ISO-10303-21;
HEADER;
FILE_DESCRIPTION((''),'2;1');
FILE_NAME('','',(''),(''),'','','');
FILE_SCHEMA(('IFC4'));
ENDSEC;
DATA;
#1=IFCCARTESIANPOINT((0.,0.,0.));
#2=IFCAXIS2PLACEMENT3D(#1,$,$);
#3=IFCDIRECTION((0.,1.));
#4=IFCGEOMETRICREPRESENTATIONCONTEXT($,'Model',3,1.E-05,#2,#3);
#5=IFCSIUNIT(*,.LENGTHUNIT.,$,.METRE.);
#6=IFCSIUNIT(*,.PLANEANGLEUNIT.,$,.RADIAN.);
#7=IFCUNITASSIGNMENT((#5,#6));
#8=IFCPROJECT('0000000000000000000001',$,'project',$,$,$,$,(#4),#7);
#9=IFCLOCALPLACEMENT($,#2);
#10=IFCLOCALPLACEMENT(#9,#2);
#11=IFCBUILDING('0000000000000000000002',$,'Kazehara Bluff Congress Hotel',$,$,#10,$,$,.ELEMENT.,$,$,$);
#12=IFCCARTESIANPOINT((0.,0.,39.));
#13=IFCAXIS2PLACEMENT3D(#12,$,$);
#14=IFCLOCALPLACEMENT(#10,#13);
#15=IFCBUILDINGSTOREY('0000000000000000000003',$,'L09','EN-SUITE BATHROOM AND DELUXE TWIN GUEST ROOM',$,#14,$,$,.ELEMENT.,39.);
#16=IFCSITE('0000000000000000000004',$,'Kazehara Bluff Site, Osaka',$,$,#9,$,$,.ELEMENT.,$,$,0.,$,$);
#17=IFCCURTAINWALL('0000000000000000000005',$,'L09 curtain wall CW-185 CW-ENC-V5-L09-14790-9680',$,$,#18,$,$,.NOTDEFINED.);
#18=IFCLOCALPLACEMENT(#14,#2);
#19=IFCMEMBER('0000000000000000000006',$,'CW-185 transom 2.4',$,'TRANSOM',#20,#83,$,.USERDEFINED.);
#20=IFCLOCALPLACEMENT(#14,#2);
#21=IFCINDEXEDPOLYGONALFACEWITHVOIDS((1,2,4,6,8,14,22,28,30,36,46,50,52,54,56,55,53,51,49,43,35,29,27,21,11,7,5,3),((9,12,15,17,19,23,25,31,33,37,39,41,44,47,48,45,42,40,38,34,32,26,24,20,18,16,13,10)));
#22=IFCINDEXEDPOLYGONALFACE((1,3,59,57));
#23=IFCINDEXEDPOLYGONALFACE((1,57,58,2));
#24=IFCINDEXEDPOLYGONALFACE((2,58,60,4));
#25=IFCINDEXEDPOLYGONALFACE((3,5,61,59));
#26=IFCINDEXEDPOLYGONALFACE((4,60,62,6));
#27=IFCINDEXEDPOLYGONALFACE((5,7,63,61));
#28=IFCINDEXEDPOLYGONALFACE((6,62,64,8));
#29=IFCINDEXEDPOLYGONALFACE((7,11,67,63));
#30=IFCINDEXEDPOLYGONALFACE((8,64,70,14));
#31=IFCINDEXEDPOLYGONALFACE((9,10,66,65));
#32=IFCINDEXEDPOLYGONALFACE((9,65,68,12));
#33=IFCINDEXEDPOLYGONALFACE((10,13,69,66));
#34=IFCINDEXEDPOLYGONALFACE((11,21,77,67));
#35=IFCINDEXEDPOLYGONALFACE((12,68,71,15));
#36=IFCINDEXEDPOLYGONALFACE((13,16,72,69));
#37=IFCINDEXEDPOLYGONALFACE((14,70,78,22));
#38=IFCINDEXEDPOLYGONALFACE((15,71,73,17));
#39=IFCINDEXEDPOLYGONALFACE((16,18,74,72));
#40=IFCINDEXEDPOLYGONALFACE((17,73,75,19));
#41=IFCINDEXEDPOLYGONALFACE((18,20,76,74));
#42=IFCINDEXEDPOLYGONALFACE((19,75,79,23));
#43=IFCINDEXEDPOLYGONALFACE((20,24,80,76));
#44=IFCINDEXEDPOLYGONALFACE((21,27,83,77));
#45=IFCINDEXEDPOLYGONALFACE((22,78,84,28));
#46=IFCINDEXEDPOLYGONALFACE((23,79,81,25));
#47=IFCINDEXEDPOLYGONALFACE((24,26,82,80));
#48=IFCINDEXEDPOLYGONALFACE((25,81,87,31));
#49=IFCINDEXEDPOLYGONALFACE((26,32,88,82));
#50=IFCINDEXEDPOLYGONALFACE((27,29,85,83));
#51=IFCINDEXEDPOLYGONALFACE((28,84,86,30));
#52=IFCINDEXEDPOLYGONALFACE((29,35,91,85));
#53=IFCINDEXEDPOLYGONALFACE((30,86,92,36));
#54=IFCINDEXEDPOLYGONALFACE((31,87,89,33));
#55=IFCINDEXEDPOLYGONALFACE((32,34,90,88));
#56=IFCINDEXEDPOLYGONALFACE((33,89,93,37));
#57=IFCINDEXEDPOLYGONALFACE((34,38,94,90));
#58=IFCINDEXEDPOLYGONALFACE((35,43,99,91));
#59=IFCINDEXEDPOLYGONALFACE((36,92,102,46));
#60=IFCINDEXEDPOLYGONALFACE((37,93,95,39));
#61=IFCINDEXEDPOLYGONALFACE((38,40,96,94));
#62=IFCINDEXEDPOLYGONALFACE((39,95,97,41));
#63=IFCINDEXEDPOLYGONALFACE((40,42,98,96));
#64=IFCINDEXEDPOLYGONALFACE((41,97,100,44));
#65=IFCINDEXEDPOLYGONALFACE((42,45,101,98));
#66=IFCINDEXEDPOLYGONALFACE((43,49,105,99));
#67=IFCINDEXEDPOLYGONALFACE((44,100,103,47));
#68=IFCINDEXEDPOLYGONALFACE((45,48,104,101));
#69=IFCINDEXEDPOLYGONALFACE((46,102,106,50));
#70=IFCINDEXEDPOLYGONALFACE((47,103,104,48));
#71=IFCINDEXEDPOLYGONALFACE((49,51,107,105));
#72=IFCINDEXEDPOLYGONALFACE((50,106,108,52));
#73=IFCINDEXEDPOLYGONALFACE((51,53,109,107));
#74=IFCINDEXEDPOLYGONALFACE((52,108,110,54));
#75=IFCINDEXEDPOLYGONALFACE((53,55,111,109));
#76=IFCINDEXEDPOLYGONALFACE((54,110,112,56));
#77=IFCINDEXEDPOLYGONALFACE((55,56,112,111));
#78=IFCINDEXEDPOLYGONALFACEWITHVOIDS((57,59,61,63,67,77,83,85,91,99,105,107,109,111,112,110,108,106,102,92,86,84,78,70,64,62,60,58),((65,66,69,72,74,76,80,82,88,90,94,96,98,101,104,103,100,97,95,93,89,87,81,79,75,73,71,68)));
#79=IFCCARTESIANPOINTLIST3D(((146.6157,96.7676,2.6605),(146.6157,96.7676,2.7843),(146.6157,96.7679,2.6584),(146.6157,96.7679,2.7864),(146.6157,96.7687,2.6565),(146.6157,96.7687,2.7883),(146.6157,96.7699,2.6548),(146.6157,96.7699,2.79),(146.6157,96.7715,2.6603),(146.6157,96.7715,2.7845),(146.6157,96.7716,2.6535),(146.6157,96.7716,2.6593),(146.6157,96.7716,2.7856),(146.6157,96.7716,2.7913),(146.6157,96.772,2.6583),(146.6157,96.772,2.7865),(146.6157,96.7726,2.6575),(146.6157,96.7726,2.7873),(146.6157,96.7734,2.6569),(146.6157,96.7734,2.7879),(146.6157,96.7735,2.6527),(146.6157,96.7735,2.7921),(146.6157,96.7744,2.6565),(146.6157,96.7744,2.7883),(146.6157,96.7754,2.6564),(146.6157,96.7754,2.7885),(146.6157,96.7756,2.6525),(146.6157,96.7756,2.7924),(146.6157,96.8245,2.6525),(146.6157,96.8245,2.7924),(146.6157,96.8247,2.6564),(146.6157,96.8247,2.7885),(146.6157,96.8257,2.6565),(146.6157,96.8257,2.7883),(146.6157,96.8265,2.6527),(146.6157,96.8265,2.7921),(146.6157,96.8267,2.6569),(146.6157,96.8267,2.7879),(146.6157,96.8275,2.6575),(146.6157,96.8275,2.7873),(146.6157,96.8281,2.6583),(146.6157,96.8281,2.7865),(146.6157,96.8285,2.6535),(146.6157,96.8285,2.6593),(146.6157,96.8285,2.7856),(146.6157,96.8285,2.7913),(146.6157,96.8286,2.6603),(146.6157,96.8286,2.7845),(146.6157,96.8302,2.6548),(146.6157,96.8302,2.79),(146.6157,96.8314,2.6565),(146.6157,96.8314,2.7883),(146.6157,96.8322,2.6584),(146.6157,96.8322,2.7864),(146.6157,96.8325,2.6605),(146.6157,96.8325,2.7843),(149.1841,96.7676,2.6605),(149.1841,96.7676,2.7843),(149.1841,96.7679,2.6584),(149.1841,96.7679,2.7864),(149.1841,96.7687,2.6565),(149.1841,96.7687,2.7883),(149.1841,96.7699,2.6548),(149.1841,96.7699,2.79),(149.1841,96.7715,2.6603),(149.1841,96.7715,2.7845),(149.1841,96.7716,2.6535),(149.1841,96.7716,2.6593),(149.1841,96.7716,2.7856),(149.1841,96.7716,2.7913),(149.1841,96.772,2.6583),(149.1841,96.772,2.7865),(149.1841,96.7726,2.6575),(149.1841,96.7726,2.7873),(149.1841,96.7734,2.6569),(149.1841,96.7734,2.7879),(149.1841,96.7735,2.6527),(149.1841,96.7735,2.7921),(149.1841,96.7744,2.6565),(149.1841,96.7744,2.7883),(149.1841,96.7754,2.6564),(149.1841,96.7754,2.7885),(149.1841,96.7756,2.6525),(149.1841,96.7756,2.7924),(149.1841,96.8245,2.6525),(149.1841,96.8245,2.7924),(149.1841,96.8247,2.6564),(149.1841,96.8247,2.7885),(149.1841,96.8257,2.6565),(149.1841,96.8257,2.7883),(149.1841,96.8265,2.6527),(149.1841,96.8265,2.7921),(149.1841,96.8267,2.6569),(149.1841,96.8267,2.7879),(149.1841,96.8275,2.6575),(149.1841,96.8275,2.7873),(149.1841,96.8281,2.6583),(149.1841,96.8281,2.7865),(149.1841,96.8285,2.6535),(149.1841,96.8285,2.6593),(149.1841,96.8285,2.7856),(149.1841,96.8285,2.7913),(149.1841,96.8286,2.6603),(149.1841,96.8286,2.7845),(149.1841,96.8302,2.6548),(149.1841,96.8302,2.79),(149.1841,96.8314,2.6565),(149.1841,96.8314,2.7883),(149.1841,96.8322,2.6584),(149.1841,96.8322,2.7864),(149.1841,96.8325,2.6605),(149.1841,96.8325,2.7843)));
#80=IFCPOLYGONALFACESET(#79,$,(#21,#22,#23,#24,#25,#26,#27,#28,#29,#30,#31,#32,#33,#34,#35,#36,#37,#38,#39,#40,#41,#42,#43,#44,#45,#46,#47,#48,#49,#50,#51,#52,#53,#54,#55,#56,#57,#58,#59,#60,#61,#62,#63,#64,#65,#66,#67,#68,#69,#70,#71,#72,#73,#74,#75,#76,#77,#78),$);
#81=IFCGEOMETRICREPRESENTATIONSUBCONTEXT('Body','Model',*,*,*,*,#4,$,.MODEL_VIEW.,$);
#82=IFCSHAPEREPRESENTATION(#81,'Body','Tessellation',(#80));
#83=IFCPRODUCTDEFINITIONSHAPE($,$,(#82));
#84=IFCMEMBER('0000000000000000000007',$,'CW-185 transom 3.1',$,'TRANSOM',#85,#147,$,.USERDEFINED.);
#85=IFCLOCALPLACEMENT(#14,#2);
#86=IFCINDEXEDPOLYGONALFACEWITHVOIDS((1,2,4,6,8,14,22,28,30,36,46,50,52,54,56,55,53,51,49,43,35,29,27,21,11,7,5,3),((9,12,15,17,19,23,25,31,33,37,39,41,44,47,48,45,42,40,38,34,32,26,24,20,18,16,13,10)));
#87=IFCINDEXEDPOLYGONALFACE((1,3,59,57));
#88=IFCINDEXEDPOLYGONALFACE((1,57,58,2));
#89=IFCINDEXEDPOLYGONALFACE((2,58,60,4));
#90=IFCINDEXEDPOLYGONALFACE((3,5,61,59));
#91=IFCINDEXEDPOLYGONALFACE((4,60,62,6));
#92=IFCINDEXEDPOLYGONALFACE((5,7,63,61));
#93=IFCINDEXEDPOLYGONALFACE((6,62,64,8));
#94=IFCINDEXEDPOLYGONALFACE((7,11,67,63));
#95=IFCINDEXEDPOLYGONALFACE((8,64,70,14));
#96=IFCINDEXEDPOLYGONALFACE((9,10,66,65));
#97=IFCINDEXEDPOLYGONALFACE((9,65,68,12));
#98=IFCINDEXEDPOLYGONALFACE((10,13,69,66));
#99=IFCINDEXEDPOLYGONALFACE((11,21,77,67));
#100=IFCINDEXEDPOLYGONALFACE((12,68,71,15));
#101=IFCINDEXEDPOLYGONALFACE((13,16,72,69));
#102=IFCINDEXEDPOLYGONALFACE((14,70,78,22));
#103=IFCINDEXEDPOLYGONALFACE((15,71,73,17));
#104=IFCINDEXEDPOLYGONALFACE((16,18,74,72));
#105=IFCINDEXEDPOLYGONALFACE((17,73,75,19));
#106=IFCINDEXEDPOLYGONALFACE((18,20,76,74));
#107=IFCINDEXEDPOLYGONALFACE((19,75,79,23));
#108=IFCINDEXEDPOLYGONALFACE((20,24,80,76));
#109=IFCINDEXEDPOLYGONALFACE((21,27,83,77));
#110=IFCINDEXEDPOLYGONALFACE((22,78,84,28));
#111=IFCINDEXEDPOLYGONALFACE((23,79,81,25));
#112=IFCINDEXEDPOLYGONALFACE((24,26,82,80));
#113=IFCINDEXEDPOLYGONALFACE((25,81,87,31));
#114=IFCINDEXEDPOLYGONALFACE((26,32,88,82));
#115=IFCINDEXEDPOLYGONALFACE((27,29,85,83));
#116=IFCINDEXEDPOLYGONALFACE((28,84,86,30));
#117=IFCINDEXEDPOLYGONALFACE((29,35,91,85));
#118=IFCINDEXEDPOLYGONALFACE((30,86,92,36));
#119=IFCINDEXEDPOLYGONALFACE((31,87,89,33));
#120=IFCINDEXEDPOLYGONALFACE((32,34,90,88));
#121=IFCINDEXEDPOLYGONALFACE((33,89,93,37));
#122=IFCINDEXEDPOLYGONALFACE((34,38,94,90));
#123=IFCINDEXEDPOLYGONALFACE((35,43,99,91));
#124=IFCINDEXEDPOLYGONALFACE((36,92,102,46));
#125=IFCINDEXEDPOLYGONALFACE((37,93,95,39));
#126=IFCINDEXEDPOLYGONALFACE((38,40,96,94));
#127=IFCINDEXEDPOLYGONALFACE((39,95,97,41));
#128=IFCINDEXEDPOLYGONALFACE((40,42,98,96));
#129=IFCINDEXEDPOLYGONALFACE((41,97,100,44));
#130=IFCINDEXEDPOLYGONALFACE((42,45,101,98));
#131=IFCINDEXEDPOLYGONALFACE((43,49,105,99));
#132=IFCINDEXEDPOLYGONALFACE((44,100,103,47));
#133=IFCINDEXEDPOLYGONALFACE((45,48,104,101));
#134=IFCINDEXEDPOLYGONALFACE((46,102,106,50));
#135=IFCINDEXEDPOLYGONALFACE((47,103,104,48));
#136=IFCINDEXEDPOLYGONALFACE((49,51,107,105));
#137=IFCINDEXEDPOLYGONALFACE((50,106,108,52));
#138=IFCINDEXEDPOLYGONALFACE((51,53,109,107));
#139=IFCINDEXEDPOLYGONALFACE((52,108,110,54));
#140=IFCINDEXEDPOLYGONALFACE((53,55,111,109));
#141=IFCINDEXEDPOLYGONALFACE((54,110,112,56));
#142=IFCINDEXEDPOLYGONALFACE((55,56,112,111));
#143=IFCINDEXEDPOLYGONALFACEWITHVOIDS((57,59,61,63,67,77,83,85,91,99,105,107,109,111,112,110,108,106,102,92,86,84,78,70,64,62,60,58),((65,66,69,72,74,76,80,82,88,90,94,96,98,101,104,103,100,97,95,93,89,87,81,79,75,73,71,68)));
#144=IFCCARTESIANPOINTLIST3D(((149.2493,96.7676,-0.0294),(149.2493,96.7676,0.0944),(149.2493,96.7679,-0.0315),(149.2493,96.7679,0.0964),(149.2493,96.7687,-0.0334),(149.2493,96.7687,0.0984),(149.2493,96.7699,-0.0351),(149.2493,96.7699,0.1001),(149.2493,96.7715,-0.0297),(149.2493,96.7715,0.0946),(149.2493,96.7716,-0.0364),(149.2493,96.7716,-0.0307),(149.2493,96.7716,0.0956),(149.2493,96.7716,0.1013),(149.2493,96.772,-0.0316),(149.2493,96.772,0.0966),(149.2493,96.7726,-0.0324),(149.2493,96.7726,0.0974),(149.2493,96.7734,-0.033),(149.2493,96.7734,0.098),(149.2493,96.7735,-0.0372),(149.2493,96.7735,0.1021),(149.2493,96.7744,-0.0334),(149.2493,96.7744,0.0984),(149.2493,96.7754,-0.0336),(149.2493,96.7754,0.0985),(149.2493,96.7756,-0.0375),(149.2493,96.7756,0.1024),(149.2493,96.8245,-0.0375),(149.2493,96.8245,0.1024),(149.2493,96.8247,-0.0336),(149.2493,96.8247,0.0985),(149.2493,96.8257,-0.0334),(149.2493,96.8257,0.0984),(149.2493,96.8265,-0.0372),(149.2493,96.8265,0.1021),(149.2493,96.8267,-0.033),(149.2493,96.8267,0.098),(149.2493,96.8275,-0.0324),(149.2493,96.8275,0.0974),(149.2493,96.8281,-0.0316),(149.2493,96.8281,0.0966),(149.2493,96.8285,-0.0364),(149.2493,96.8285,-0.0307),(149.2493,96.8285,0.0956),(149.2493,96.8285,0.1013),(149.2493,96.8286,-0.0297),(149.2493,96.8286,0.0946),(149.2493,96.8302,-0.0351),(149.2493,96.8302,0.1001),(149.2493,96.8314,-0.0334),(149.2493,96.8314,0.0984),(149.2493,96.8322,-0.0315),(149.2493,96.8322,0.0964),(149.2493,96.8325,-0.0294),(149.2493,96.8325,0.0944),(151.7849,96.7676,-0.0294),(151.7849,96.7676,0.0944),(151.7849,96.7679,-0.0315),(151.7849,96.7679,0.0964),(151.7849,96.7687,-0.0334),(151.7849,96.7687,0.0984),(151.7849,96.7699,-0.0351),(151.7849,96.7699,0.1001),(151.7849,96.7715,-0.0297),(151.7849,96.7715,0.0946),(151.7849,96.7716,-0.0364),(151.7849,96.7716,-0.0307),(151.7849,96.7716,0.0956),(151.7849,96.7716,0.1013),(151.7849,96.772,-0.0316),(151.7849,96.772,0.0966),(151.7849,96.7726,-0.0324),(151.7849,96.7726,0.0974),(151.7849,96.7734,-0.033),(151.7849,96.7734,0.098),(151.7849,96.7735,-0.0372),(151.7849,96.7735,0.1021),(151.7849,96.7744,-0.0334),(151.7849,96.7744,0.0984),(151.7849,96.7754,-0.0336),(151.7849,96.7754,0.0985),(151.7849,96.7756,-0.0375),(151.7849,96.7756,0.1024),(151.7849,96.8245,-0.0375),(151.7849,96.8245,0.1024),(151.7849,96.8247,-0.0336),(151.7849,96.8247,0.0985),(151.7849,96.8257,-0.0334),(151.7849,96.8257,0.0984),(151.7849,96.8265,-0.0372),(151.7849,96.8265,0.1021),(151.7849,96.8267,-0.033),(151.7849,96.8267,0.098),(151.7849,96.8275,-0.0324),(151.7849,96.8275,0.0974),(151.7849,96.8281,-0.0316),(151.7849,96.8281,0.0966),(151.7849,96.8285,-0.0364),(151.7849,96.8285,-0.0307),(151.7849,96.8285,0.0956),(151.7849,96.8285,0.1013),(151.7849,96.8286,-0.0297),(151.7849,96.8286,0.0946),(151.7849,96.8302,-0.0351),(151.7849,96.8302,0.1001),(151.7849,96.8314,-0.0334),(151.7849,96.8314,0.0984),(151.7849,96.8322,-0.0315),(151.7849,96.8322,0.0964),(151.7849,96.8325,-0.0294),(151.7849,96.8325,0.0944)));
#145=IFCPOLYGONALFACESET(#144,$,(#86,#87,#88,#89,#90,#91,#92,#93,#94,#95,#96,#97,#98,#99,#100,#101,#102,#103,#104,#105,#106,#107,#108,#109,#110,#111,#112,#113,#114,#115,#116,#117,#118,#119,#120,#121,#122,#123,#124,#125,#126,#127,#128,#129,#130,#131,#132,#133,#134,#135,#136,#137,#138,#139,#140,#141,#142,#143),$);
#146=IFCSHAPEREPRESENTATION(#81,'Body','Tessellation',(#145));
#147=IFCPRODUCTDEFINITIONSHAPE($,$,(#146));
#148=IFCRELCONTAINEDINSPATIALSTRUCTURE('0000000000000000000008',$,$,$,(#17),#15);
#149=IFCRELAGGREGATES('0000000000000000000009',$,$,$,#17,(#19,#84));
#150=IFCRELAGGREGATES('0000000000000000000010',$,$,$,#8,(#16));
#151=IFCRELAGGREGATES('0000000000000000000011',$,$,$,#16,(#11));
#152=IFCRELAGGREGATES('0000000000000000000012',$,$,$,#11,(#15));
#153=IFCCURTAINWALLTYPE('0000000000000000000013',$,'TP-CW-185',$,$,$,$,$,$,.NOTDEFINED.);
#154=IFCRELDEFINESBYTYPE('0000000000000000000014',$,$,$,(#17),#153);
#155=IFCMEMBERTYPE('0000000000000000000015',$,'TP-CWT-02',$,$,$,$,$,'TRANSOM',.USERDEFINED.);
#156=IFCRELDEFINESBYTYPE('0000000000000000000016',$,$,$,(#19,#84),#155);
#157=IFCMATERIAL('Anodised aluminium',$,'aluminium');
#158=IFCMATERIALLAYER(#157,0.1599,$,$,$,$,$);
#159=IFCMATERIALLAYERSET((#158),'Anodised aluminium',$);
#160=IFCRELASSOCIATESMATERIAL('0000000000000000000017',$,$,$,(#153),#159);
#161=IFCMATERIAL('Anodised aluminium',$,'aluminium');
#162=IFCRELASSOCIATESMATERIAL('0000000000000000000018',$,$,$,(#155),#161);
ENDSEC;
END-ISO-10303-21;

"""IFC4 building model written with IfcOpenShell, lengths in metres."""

from ifc_helpers import new_model, si_unit, direction, frame, origin, origin_2d, place, context, subcontext, project, spatial, hollow_rectangle, extrude, material, layer, layer_set, material_profile, profile_set, type_object, element, aggregate, save


model = new_model("IFC4")

# Units and contexts
model_context = context("Model", 3, precision=1e-05, world=origin(), true_north=direction((0.0, 1.0)))
body_context = subcontext(model_context, "Body", "Model", "MODEL_VIEW")
ifc_project = project(units=[si_unit("LENGTHUNIT", "METRE"), si_unit("PLANEANGLEUNIT", "RADIAN")], contexts=[model_context])

# Site, building, storey
site_placement = place(None, origin())
site = spatial("IfcSite", under=ifc_project, at=site_placement, Name="Kazehara Bluff Site, Osaka", CompositionType="ELEMENT", RefElevation=0.0)
building_placement = place(site_placement, origin())
building = spatial("IfcBuilding", under=site, at=building_placement, Name="Kazehara Bluff Congress Hotel", CompositionType="ELEMENT")
storey_placement = place(building_placement, frame((0.0, 0.0, 39.0)))
storey = spatial("IfcBuildingStorey", under=building, at=storey_placement, Name="L09", Description="EN-SUITE BATHROOM AND DELUXE TWIN GUEST ROOM", CompositionType="ELEMENT", Elevation=39.0)

# Curtain wall
ifc_material_1 = material(Name="Anodised aluminium", Category="aluminium")
ifc_layer_1 = layer(ifc_material_1, 0.1599)
ifc_layer_set_1 = layer_set([ifc_layer_1], Name="Anodised aluminium")
curtain_wall_type = type_object("IfcCurtainWallType", Name="TP-CW-185", PredefinedType="NOTDEFINED", material=ifc_layer_set_1)
curtain_wall_1_placement = place(storey_placement, origin())
curtain_wall_1 = element("IfcCurtainWall", 1, at=curtain_wall_1_placement, inside=storey, type_object=curtain_wall_type, Name="L09 curtain wall CW-185 CW-ENC-V5-L09-14790-9680", PredefinedType="NOTDEFINED")

# Members
ifc_material_2 = material(Name="Anodised aluminium", Category="aluminium")
ifc_material_profile_1 = material_profile(ifc_material_2, hollow_rectangle(XDim=0.0649, YDim=0.1399, WallThickness=0.0039, InnerFilletRadius=0.0039, OuterFilletRadius=0.0081, at=origin_2d()))
ifc_profile_set_1 = profile_set([ifc_material_profile_1], Name="Anodised aluminium")
member_type_1 = type_object("IfcMemberType", Name="TP-CWT-02", ElementType="TRANSOM", PredefinedType="USERDEFINED", material=ifc_profile_set_1)
member_1_placement = place(storey_placement, frame((146.6157, 96.8, 2.7224), z_axis=(1.0, 0.0, 0.0), x_axis=(0.0, 1.0, 0.0)))
member_1 = element("IfcMember", 2, at=member_1_placement, type_object=member_type_1, Name="CW-185 transom 2.4", ObjectType="TRANSOM", PredefinedType="USERDEFINED", context=body_context, shape_type="SweptSolid", body=[
    extrude(hollow_rectangle(XDim=0.0649, YDim=0.1399, WallThickness=0.0039, InnerFilletRadius=0.0039, OuterFilletRadius=0.0081, at=origin_2d()), origin(), (0.0, 0.0, 1.0), 2.5684),
])
member_2_placement = place(storey_placement, frame((149.2493, 96.8, 0.0325), z_axis=(1.0, 0.0, 0.0), x_axis=(0.0, 1.0, 0.0)))
member_2 = element("IfcMember", 3, at=member_2_placement, type_object=member_type_1, Name="CW-185 transom 3.1", ObjectType="TRANSOM", PredefinedType="USERDEFINED", context=body_context, shape_type="SweptSolid", body=[
    extrude(hollow_rectangle(XDim=0.0649, YDim=0.1399, WallThickness=0.0039, InnerFilletRadius=0.0039, OuterFilletRadius=0.0081, at=origin_2d()), origin(), (0.0, 0.0, 1.0), 2.5356),
])

aggregate(curtain_wall_1, [member_1, member_2])

save(model, "model.ifc")
